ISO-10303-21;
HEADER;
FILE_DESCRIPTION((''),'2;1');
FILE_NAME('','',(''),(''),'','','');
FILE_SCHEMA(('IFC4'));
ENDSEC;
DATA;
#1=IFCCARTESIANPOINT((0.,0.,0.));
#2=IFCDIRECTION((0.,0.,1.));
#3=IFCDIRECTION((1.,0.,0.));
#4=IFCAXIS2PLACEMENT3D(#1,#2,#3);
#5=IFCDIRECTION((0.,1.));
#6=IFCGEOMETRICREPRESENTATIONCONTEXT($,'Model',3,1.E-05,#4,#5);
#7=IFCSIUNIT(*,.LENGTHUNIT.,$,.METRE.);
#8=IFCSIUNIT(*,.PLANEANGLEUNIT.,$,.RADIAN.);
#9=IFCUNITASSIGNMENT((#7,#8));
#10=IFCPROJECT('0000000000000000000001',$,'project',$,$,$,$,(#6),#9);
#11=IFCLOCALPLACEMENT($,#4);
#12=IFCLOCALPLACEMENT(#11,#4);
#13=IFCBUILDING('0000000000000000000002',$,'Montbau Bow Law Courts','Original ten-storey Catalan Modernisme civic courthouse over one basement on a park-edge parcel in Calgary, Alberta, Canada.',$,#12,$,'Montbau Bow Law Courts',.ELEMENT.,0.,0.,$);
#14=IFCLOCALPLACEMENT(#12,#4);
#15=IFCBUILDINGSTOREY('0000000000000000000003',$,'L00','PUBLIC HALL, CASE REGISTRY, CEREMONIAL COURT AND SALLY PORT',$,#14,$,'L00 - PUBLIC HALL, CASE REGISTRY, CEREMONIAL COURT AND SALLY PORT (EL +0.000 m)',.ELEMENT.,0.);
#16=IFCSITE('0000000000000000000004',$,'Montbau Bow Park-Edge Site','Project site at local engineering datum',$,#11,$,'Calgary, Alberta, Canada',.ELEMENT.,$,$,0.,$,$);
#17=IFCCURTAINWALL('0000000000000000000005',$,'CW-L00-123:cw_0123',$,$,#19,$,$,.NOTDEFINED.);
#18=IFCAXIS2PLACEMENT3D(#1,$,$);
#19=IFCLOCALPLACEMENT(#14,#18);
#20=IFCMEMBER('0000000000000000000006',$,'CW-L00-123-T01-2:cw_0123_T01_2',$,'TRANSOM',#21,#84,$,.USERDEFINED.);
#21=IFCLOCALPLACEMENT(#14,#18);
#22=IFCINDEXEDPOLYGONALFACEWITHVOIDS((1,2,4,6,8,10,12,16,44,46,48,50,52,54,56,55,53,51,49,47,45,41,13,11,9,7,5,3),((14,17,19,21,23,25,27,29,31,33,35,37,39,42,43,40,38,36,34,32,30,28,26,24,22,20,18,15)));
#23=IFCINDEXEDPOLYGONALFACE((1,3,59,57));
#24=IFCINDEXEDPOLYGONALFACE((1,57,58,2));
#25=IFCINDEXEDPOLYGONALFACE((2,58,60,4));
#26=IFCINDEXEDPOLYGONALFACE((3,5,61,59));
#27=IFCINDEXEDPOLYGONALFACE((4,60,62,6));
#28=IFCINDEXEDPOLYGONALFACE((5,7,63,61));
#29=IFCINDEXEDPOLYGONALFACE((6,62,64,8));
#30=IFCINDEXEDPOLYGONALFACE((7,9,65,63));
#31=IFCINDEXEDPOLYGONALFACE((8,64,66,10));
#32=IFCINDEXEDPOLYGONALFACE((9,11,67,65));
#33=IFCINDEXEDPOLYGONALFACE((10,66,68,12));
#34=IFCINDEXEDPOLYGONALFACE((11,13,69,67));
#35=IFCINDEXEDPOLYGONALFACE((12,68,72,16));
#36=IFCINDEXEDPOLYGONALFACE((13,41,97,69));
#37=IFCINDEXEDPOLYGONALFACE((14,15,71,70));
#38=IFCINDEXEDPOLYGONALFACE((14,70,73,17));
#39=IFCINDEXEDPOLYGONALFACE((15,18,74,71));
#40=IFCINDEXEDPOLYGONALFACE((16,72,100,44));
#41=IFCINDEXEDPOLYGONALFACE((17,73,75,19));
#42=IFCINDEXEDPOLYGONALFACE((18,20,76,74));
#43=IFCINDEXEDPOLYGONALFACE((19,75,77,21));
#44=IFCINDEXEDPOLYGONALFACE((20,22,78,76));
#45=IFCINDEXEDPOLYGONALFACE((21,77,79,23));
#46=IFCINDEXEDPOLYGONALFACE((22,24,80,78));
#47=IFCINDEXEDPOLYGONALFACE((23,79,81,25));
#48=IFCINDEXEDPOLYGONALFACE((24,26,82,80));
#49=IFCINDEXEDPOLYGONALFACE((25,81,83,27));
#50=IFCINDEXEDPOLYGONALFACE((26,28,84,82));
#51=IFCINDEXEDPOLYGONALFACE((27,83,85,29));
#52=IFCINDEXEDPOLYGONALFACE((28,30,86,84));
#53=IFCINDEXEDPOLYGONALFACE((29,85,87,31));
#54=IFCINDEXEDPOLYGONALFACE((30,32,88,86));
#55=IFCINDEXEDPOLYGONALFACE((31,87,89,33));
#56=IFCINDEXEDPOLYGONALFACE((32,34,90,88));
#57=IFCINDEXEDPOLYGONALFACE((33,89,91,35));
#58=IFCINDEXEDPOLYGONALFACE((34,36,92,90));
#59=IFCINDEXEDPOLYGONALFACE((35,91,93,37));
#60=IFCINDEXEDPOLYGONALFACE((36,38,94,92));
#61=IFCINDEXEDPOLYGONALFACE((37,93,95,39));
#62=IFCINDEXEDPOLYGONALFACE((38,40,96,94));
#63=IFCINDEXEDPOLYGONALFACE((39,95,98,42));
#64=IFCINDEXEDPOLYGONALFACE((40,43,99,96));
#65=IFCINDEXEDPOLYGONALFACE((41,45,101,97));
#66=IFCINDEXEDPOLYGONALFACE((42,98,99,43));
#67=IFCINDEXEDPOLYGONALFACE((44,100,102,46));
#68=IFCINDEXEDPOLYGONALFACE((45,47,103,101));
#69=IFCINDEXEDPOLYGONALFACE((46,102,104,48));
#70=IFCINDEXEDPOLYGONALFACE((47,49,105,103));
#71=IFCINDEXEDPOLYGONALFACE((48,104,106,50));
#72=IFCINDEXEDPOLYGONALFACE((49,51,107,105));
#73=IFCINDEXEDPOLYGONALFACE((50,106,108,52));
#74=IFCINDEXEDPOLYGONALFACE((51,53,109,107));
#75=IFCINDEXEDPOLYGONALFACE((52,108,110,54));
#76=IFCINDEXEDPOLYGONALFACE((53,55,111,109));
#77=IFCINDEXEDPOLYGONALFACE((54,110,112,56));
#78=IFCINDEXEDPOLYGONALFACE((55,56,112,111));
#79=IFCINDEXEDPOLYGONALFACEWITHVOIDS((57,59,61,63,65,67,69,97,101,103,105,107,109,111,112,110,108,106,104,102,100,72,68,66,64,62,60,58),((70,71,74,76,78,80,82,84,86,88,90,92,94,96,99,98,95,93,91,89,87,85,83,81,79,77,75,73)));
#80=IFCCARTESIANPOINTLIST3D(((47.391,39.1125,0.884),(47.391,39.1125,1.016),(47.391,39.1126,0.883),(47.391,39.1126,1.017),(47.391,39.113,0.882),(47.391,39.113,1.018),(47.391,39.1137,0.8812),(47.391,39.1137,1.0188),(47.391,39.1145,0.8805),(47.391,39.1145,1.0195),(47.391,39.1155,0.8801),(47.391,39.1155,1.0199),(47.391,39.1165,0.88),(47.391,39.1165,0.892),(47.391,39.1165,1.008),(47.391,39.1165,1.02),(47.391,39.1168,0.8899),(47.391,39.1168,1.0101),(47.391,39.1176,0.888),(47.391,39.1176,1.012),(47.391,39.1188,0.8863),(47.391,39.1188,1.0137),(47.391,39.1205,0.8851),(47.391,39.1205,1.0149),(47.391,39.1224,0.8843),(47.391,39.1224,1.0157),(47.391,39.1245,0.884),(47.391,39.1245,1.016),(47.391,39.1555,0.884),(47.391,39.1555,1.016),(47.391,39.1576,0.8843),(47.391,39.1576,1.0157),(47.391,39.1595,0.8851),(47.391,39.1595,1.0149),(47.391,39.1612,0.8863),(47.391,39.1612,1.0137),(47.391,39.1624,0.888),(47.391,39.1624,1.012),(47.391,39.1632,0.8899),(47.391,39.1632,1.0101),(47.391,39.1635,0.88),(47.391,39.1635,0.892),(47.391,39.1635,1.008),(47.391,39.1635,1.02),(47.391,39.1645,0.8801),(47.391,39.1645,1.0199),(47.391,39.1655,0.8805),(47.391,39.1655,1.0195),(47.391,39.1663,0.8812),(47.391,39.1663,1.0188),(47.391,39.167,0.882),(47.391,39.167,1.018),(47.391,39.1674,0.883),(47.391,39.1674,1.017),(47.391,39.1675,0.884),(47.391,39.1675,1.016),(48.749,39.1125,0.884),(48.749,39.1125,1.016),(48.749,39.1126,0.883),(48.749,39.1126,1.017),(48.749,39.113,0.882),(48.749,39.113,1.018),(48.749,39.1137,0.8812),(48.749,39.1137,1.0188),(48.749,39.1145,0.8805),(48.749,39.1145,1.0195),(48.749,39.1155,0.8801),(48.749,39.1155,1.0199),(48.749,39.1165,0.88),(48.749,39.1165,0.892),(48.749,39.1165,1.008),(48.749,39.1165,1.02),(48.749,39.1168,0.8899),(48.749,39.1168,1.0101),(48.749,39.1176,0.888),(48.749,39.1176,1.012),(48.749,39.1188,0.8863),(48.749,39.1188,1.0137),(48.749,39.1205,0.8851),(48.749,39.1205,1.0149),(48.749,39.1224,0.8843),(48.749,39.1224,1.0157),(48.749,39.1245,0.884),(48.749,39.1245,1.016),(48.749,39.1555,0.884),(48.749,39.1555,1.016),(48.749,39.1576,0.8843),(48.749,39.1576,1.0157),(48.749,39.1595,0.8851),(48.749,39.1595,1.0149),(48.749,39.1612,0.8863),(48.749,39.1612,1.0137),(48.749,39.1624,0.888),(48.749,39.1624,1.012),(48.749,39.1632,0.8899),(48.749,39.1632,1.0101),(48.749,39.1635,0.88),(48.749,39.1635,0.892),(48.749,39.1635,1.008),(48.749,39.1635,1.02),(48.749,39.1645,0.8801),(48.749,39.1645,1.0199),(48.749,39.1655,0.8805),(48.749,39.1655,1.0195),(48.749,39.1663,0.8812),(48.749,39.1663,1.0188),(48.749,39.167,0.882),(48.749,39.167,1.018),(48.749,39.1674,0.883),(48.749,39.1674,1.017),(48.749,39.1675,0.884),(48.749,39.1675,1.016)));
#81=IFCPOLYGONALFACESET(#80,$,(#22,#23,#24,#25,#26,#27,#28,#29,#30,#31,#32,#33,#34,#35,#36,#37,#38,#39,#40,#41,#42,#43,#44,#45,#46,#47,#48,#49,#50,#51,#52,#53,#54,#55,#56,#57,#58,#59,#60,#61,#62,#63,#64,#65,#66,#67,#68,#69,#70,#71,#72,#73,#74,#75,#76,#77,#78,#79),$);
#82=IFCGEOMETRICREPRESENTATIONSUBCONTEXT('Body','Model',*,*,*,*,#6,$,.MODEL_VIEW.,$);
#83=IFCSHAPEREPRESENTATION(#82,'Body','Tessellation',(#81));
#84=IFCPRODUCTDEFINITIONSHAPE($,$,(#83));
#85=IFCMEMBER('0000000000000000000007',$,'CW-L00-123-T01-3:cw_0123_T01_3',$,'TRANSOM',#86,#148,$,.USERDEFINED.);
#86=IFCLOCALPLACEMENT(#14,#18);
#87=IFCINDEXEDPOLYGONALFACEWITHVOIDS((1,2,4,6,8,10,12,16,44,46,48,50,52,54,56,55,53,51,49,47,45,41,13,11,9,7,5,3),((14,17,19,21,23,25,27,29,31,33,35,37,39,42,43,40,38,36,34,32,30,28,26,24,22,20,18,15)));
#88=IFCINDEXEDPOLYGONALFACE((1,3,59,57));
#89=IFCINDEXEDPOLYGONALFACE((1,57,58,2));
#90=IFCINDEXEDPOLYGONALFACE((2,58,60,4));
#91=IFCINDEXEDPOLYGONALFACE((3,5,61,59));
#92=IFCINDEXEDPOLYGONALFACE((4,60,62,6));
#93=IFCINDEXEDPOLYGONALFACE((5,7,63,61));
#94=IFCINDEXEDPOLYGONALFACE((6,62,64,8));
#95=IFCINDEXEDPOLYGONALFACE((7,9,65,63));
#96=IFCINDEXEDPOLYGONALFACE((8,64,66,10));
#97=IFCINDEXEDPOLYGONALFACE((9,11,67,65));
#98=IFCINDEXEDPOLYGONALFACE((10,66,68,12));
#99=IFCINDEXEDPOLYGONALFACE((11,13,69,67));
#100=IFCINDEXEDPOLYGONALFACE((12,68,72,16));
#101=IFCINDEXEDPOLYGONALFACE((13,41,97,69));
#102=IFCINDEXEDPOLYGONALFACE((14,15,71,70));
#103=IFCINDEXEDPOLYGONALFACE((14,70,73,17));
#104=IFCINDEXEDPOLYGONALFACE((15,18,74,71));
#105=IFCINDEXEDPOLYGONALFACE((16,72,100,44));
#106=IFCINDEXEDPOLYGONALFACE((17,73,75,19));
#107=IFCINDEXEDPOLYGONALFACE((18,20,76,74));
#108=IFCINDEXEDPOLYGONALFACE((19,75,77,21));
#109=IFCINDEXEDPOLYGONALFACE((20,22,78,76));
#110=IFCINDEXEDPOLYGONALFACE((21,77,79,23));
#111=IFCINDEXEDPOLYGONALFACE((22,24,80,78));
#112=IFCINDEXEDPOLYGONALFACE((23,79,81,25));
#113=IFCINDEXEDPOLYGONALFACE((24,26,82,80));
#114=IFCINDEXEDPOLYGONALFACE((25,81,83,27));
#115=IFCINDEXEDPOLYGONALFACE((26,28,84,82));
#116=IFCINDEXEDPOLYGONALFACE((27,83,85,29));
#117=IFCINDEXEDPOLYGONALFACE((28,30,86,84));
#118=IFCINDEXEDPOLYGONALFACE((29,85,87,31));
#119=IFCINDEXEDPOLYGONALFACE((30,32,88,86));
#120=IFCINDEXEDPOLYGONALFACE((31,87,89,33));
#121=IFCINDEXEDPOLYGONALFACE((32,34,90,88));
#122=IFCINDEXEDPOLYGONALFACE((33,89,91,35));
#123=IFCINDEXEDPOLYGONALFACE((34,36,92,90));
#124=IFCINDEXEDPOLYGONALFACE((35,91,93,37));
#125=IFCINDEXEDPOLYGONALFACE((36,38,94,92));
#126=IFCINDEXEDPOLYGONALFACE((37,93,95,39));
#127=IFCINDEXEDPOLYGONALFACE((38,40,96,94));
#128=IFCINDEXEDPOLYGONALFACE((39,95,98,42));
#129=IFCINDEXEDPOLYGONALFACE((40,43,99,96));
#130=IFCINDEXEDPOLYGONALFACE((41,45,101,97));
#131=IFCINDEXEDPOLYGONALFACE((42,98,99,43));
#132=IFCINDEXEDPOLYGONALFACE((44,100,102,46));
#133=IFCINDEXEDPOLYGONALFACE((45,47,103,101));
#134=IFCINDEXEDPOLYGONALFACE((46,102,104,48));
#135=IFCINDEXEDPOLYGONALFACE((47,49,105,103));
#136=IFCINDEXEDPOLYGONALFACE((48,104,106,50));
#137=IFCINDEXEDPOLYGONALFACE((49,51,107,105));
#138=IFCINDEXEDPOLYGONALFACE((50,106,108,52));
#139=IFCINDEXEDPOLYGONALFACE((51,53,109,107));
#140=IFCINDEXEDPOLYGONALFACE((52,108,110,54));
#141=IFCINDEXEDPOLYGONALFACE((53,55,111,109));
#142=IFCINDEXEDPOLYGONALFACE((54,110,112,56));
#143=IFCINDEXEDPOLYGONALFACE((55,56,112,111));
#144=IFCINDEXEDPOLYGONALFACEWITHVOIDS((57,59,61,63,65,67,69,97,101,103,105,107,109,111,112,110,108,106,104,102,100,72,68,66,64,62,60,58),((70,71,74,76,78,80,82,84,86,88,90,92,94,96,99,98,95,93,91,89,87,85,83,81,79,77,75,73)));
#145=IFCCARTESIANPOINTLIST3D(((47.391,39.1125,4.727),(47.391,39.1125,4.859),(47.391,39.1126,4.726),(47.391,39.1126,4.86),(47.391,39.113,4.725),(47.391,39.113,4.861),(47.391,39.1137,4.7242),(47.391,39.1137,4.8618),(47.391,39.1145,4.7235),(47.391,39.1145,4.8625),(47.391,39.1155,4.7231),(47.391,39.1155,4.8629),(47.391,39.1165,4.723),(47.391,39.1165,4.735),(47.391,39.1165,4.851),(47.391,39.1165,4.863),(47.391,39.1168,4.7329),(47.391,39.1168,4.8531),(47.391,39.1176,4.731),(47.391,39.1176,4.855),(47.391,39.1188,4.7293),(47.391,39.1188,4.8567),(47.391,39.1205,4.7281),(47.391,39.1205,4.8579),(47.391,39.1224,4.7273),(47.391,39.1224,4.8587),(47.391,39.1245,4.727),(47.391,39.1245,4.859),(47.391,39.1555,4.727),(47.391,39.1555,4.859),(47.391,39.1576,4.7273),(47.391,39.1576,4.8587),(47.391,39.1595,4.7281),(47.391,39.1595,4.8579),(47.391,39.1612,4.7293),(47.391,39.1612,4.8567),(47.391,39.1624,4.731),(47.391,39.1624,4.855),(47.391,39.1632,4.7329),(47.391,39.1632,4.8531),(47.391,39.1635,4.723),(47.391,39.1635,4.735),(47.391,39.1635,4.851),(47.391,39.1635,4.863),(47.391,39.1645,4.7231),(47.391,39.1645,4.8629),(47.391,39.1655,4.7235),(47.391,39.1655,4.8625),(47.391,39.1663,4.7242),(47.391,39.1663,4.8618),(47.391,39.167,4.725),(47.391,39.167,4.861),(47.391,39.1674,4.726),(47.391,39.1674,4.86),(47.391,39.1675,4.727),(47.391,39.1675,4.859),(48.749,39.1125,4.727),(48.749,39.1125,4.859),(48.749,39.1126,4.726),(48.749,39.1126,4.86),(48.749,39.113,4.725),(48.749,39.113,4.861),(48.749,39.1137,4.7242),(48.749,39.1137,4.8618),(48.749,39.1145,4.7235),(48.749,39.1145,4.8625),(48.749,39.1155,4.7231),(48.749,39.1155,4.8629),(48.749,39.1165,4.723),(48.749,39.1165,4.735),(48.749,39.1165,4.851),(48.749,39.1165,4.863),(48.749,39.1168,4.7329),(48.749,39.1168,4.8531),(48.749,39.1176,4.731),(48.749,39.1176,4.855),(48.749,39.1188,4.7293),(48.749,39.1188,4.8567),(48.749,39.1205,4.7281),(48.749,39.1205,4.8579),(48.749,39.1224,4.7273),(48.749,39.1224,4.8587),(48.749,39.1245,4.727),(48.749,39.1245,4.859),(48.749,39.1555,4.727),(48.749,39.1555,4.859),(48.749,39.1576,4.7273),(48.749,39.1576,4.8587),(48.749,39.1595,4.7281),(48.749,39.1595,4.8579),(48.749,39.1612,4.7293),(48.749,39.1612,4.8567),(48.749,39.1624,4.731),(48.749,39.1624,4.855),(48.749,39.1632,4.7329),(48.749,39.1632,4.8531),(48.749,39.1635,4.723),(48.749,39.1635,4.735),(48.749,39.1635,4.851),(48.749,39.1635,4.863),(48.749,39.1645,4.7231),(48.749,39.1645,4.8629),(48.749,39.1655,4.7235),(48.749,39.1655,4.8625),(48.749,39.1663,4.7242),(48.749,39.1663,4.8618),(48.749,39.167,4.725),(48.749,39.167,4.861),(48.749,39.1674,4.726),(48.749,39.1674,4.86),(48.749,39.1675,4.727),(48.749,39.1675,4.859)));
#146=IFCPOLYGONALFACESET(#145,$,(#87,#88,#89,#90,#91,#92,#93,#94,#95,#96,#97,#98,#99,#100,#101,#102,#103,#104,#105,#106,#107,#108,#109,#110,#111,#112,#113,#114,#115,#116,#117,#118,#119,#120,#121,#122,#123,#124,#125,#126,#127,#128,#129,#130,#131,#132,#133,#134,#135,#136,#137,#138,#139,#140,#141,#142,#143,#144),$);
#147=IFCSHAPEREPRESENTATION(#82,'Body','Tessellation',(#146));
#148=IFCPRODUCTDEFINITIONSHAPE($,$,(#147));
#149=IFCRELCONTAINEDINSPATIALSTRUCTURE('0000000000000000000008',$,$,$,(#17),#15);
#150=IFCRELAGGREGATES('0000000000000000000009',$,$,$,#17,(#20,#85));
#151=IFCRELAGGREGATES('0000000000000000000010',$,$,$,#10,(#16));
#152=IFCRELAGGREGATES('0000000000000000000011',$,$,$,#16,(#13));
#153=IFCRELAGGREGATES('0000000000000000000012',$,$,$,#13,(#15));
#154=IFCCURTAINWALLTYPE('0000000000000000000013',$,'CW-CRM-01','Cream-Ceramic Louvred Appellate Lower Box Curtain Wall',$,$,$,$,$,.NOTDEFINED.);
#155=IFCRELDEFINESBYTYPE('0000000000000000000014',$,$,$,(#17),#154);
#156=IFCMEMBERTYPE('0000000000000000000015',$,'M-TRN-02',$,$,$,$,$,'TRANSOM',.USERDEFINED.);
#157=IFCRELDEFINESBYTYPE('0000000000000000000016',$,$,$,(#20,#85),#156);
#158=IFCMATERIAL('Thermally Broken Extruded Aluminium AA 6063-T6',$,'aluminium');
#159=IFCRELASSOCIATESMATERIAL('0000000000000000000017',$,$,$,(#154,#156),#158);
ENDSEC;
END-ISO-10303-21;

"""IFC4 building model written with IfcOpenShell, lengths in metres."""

from ifc_helpers import new_model, si_unit, direction, frame, origin_with_axes, origin_2d_with_axis, place, context, subcontext, project, spatial, hollow_rectangle, extrude, material, material_profile, profile_set, type_object, element, aggregate, save


model = new_model("IFC4")

# Units and contexts
model_context = context("Model", 3, precision=1e-05, world=origin_with_axes(), true_north=direction((0.0, 1.0)))
body_context = subcontext(model_context, "Body", "Model", "MODEL_VIEW")
ifc_project = project(units=[si_unit("LENGTHUNIT", "METRE"), si_unit("PLANEANGLEUNIT", "RADIAN")], contexts=[model_context])

# Site, building, storey
site_placement = place(None, origin_with_axes())
site = spatial("IfcSite", under=ifc_project, at=site_placement, Name="Montbau Bow Park-Edge Site", Description="Project site at local engineering datum", LongName="Calgary, Alberta, Canada", CompositionType="ELEMENT", RefElevation=0.0)
building_placement = place(site_placement, origin_with_axes())
building = spatial("IfcBuilding", under=site, at=building_placement, Name="Montbau Bow Law Courts", Description="Original ten-storey Catalan Modernisme civic courthouse over one basement on a park-edge parcel in Calgary, Alberta, Canada.", LongName="Montbau Bow Law Courts", CompositionType="ELEMENT", ElevationOfRefHeight=0.0, ElevationOfTerrain=0.0)
storey_placement = place(building_placement, origin_with_axes())
storey = spatial("IfcBuildingStorey", under=building, at=storey_placement, Name="L00", Description="PUBLIC HALL, CASE REGISTRY, CEREMONIAL COURT AND SALLY PORT", LongName="L00 - PUBLIC HALL, CASE REGISTRY, CEREMONIAL COURT AND SALLY PORT (EL +0.000 m)", CompositionType="ELEMENT", Elevation=0.0)

# Curtain wall, members
ifc_material_1 = material(Name="Thermally Broken Extruded Aluminium AA 6063-T6", Category="aluminium")
curtain_wall_type = type_object("IfcCurtainWallType", Name="CW-CRM-01", Description="Cream-Ceramic Louvred Appellate Lower Box Curtain Wall", PredefinedType="NOTDEFINED", material=ifc_material_1)
curtain_wall_placement = place(None, frame((47.315, 39.14, 0.0), z_axis=(0.0, 0.0, 1.0), x_axis=(1.0, 0.0, 0.0)))
curtain_wall = element("IfcCurtainWall", 1, at=curtain_wall_placement, inside=storey, type_object=curtain_wall_type, Name="CW-L00-123:cw_0123", PredefinedType="NOTDEFINED")
ifc_material_profile_1 = material_profile(ifc_material_1, hollow_rectangle(XDim=0.055, YDim=0.14, WallThickness=0.004, InnerFilletRadius=0.008, OuterFilletRadius=0.004, at=origin_2d_with_axis()), Name="CWT-140X55", Category="Main", Priority=0)
ifc_profile_set_1 = profile_set([ifc_material_profile_1], Name="Thermally Broken Extruded Aluminium AA 6063-T6")
member_type_1 = type_object("IfcMemberType", Name="M-TRN-02", ElementType="TRANSOM", PredefinedType="USERDEFINED", material=ifc_profile_set_1)
member_1_placement = place(None, frame((47.391, 39.14, 0.95), z_axis=(1.0, 0.0, 0.0), x_axis=(0.0, 1.0, 0.0)))
member_1 = element("IfcMember", 2, at=member_1_placement, type_object=member_type_1, Name="CW-L00-123-T01-2:cw_0123_T01_2", ObjectType="TRANSOM", PredefinedType="USERDEFINED", context=body_context, shape_type="SweptSolid", body=[
    extrude(hollow_rectangle(XDim=0.055, YDim=0.14, WallThickness=0.004, InnerFilletRadius=0.008, OuterFilletRadius=0.004, at=origin_2d_with_axis()), origin_with_axes(), (0.0, 0.0, 1.0), 1.358),
])
member_2_placement = place(None, frame((47.391, 39.14, 4.793), z_axis=(1.0, 0.0, 0.0), x_axis=(0.0, 1.0, 0.0)))
member_2 = element("IfcMember", 3, at=member_2_placement, type_object=member_type_1, Name="CW-L00-123-T01-3:cw_0123_T01_3", ObjectType="TRANSOM", PredefinedType="USERDEFINED", context=body_context, shape_type="SweptSolid", body=[
    extrude(hollow_rectangle(XDim=0.055, YDim=0.14, WallThickness=0.004, InnerFilletRadius=0.008, OuterFilletRadius=0.004, at=origin_2d_with_axis()), origin_with_axes(), (0.0, 0.0, 1.0), 1.358),
])
aggregate(curtain_wall, [member_1, member_2])

save(model, "model.ifc")
